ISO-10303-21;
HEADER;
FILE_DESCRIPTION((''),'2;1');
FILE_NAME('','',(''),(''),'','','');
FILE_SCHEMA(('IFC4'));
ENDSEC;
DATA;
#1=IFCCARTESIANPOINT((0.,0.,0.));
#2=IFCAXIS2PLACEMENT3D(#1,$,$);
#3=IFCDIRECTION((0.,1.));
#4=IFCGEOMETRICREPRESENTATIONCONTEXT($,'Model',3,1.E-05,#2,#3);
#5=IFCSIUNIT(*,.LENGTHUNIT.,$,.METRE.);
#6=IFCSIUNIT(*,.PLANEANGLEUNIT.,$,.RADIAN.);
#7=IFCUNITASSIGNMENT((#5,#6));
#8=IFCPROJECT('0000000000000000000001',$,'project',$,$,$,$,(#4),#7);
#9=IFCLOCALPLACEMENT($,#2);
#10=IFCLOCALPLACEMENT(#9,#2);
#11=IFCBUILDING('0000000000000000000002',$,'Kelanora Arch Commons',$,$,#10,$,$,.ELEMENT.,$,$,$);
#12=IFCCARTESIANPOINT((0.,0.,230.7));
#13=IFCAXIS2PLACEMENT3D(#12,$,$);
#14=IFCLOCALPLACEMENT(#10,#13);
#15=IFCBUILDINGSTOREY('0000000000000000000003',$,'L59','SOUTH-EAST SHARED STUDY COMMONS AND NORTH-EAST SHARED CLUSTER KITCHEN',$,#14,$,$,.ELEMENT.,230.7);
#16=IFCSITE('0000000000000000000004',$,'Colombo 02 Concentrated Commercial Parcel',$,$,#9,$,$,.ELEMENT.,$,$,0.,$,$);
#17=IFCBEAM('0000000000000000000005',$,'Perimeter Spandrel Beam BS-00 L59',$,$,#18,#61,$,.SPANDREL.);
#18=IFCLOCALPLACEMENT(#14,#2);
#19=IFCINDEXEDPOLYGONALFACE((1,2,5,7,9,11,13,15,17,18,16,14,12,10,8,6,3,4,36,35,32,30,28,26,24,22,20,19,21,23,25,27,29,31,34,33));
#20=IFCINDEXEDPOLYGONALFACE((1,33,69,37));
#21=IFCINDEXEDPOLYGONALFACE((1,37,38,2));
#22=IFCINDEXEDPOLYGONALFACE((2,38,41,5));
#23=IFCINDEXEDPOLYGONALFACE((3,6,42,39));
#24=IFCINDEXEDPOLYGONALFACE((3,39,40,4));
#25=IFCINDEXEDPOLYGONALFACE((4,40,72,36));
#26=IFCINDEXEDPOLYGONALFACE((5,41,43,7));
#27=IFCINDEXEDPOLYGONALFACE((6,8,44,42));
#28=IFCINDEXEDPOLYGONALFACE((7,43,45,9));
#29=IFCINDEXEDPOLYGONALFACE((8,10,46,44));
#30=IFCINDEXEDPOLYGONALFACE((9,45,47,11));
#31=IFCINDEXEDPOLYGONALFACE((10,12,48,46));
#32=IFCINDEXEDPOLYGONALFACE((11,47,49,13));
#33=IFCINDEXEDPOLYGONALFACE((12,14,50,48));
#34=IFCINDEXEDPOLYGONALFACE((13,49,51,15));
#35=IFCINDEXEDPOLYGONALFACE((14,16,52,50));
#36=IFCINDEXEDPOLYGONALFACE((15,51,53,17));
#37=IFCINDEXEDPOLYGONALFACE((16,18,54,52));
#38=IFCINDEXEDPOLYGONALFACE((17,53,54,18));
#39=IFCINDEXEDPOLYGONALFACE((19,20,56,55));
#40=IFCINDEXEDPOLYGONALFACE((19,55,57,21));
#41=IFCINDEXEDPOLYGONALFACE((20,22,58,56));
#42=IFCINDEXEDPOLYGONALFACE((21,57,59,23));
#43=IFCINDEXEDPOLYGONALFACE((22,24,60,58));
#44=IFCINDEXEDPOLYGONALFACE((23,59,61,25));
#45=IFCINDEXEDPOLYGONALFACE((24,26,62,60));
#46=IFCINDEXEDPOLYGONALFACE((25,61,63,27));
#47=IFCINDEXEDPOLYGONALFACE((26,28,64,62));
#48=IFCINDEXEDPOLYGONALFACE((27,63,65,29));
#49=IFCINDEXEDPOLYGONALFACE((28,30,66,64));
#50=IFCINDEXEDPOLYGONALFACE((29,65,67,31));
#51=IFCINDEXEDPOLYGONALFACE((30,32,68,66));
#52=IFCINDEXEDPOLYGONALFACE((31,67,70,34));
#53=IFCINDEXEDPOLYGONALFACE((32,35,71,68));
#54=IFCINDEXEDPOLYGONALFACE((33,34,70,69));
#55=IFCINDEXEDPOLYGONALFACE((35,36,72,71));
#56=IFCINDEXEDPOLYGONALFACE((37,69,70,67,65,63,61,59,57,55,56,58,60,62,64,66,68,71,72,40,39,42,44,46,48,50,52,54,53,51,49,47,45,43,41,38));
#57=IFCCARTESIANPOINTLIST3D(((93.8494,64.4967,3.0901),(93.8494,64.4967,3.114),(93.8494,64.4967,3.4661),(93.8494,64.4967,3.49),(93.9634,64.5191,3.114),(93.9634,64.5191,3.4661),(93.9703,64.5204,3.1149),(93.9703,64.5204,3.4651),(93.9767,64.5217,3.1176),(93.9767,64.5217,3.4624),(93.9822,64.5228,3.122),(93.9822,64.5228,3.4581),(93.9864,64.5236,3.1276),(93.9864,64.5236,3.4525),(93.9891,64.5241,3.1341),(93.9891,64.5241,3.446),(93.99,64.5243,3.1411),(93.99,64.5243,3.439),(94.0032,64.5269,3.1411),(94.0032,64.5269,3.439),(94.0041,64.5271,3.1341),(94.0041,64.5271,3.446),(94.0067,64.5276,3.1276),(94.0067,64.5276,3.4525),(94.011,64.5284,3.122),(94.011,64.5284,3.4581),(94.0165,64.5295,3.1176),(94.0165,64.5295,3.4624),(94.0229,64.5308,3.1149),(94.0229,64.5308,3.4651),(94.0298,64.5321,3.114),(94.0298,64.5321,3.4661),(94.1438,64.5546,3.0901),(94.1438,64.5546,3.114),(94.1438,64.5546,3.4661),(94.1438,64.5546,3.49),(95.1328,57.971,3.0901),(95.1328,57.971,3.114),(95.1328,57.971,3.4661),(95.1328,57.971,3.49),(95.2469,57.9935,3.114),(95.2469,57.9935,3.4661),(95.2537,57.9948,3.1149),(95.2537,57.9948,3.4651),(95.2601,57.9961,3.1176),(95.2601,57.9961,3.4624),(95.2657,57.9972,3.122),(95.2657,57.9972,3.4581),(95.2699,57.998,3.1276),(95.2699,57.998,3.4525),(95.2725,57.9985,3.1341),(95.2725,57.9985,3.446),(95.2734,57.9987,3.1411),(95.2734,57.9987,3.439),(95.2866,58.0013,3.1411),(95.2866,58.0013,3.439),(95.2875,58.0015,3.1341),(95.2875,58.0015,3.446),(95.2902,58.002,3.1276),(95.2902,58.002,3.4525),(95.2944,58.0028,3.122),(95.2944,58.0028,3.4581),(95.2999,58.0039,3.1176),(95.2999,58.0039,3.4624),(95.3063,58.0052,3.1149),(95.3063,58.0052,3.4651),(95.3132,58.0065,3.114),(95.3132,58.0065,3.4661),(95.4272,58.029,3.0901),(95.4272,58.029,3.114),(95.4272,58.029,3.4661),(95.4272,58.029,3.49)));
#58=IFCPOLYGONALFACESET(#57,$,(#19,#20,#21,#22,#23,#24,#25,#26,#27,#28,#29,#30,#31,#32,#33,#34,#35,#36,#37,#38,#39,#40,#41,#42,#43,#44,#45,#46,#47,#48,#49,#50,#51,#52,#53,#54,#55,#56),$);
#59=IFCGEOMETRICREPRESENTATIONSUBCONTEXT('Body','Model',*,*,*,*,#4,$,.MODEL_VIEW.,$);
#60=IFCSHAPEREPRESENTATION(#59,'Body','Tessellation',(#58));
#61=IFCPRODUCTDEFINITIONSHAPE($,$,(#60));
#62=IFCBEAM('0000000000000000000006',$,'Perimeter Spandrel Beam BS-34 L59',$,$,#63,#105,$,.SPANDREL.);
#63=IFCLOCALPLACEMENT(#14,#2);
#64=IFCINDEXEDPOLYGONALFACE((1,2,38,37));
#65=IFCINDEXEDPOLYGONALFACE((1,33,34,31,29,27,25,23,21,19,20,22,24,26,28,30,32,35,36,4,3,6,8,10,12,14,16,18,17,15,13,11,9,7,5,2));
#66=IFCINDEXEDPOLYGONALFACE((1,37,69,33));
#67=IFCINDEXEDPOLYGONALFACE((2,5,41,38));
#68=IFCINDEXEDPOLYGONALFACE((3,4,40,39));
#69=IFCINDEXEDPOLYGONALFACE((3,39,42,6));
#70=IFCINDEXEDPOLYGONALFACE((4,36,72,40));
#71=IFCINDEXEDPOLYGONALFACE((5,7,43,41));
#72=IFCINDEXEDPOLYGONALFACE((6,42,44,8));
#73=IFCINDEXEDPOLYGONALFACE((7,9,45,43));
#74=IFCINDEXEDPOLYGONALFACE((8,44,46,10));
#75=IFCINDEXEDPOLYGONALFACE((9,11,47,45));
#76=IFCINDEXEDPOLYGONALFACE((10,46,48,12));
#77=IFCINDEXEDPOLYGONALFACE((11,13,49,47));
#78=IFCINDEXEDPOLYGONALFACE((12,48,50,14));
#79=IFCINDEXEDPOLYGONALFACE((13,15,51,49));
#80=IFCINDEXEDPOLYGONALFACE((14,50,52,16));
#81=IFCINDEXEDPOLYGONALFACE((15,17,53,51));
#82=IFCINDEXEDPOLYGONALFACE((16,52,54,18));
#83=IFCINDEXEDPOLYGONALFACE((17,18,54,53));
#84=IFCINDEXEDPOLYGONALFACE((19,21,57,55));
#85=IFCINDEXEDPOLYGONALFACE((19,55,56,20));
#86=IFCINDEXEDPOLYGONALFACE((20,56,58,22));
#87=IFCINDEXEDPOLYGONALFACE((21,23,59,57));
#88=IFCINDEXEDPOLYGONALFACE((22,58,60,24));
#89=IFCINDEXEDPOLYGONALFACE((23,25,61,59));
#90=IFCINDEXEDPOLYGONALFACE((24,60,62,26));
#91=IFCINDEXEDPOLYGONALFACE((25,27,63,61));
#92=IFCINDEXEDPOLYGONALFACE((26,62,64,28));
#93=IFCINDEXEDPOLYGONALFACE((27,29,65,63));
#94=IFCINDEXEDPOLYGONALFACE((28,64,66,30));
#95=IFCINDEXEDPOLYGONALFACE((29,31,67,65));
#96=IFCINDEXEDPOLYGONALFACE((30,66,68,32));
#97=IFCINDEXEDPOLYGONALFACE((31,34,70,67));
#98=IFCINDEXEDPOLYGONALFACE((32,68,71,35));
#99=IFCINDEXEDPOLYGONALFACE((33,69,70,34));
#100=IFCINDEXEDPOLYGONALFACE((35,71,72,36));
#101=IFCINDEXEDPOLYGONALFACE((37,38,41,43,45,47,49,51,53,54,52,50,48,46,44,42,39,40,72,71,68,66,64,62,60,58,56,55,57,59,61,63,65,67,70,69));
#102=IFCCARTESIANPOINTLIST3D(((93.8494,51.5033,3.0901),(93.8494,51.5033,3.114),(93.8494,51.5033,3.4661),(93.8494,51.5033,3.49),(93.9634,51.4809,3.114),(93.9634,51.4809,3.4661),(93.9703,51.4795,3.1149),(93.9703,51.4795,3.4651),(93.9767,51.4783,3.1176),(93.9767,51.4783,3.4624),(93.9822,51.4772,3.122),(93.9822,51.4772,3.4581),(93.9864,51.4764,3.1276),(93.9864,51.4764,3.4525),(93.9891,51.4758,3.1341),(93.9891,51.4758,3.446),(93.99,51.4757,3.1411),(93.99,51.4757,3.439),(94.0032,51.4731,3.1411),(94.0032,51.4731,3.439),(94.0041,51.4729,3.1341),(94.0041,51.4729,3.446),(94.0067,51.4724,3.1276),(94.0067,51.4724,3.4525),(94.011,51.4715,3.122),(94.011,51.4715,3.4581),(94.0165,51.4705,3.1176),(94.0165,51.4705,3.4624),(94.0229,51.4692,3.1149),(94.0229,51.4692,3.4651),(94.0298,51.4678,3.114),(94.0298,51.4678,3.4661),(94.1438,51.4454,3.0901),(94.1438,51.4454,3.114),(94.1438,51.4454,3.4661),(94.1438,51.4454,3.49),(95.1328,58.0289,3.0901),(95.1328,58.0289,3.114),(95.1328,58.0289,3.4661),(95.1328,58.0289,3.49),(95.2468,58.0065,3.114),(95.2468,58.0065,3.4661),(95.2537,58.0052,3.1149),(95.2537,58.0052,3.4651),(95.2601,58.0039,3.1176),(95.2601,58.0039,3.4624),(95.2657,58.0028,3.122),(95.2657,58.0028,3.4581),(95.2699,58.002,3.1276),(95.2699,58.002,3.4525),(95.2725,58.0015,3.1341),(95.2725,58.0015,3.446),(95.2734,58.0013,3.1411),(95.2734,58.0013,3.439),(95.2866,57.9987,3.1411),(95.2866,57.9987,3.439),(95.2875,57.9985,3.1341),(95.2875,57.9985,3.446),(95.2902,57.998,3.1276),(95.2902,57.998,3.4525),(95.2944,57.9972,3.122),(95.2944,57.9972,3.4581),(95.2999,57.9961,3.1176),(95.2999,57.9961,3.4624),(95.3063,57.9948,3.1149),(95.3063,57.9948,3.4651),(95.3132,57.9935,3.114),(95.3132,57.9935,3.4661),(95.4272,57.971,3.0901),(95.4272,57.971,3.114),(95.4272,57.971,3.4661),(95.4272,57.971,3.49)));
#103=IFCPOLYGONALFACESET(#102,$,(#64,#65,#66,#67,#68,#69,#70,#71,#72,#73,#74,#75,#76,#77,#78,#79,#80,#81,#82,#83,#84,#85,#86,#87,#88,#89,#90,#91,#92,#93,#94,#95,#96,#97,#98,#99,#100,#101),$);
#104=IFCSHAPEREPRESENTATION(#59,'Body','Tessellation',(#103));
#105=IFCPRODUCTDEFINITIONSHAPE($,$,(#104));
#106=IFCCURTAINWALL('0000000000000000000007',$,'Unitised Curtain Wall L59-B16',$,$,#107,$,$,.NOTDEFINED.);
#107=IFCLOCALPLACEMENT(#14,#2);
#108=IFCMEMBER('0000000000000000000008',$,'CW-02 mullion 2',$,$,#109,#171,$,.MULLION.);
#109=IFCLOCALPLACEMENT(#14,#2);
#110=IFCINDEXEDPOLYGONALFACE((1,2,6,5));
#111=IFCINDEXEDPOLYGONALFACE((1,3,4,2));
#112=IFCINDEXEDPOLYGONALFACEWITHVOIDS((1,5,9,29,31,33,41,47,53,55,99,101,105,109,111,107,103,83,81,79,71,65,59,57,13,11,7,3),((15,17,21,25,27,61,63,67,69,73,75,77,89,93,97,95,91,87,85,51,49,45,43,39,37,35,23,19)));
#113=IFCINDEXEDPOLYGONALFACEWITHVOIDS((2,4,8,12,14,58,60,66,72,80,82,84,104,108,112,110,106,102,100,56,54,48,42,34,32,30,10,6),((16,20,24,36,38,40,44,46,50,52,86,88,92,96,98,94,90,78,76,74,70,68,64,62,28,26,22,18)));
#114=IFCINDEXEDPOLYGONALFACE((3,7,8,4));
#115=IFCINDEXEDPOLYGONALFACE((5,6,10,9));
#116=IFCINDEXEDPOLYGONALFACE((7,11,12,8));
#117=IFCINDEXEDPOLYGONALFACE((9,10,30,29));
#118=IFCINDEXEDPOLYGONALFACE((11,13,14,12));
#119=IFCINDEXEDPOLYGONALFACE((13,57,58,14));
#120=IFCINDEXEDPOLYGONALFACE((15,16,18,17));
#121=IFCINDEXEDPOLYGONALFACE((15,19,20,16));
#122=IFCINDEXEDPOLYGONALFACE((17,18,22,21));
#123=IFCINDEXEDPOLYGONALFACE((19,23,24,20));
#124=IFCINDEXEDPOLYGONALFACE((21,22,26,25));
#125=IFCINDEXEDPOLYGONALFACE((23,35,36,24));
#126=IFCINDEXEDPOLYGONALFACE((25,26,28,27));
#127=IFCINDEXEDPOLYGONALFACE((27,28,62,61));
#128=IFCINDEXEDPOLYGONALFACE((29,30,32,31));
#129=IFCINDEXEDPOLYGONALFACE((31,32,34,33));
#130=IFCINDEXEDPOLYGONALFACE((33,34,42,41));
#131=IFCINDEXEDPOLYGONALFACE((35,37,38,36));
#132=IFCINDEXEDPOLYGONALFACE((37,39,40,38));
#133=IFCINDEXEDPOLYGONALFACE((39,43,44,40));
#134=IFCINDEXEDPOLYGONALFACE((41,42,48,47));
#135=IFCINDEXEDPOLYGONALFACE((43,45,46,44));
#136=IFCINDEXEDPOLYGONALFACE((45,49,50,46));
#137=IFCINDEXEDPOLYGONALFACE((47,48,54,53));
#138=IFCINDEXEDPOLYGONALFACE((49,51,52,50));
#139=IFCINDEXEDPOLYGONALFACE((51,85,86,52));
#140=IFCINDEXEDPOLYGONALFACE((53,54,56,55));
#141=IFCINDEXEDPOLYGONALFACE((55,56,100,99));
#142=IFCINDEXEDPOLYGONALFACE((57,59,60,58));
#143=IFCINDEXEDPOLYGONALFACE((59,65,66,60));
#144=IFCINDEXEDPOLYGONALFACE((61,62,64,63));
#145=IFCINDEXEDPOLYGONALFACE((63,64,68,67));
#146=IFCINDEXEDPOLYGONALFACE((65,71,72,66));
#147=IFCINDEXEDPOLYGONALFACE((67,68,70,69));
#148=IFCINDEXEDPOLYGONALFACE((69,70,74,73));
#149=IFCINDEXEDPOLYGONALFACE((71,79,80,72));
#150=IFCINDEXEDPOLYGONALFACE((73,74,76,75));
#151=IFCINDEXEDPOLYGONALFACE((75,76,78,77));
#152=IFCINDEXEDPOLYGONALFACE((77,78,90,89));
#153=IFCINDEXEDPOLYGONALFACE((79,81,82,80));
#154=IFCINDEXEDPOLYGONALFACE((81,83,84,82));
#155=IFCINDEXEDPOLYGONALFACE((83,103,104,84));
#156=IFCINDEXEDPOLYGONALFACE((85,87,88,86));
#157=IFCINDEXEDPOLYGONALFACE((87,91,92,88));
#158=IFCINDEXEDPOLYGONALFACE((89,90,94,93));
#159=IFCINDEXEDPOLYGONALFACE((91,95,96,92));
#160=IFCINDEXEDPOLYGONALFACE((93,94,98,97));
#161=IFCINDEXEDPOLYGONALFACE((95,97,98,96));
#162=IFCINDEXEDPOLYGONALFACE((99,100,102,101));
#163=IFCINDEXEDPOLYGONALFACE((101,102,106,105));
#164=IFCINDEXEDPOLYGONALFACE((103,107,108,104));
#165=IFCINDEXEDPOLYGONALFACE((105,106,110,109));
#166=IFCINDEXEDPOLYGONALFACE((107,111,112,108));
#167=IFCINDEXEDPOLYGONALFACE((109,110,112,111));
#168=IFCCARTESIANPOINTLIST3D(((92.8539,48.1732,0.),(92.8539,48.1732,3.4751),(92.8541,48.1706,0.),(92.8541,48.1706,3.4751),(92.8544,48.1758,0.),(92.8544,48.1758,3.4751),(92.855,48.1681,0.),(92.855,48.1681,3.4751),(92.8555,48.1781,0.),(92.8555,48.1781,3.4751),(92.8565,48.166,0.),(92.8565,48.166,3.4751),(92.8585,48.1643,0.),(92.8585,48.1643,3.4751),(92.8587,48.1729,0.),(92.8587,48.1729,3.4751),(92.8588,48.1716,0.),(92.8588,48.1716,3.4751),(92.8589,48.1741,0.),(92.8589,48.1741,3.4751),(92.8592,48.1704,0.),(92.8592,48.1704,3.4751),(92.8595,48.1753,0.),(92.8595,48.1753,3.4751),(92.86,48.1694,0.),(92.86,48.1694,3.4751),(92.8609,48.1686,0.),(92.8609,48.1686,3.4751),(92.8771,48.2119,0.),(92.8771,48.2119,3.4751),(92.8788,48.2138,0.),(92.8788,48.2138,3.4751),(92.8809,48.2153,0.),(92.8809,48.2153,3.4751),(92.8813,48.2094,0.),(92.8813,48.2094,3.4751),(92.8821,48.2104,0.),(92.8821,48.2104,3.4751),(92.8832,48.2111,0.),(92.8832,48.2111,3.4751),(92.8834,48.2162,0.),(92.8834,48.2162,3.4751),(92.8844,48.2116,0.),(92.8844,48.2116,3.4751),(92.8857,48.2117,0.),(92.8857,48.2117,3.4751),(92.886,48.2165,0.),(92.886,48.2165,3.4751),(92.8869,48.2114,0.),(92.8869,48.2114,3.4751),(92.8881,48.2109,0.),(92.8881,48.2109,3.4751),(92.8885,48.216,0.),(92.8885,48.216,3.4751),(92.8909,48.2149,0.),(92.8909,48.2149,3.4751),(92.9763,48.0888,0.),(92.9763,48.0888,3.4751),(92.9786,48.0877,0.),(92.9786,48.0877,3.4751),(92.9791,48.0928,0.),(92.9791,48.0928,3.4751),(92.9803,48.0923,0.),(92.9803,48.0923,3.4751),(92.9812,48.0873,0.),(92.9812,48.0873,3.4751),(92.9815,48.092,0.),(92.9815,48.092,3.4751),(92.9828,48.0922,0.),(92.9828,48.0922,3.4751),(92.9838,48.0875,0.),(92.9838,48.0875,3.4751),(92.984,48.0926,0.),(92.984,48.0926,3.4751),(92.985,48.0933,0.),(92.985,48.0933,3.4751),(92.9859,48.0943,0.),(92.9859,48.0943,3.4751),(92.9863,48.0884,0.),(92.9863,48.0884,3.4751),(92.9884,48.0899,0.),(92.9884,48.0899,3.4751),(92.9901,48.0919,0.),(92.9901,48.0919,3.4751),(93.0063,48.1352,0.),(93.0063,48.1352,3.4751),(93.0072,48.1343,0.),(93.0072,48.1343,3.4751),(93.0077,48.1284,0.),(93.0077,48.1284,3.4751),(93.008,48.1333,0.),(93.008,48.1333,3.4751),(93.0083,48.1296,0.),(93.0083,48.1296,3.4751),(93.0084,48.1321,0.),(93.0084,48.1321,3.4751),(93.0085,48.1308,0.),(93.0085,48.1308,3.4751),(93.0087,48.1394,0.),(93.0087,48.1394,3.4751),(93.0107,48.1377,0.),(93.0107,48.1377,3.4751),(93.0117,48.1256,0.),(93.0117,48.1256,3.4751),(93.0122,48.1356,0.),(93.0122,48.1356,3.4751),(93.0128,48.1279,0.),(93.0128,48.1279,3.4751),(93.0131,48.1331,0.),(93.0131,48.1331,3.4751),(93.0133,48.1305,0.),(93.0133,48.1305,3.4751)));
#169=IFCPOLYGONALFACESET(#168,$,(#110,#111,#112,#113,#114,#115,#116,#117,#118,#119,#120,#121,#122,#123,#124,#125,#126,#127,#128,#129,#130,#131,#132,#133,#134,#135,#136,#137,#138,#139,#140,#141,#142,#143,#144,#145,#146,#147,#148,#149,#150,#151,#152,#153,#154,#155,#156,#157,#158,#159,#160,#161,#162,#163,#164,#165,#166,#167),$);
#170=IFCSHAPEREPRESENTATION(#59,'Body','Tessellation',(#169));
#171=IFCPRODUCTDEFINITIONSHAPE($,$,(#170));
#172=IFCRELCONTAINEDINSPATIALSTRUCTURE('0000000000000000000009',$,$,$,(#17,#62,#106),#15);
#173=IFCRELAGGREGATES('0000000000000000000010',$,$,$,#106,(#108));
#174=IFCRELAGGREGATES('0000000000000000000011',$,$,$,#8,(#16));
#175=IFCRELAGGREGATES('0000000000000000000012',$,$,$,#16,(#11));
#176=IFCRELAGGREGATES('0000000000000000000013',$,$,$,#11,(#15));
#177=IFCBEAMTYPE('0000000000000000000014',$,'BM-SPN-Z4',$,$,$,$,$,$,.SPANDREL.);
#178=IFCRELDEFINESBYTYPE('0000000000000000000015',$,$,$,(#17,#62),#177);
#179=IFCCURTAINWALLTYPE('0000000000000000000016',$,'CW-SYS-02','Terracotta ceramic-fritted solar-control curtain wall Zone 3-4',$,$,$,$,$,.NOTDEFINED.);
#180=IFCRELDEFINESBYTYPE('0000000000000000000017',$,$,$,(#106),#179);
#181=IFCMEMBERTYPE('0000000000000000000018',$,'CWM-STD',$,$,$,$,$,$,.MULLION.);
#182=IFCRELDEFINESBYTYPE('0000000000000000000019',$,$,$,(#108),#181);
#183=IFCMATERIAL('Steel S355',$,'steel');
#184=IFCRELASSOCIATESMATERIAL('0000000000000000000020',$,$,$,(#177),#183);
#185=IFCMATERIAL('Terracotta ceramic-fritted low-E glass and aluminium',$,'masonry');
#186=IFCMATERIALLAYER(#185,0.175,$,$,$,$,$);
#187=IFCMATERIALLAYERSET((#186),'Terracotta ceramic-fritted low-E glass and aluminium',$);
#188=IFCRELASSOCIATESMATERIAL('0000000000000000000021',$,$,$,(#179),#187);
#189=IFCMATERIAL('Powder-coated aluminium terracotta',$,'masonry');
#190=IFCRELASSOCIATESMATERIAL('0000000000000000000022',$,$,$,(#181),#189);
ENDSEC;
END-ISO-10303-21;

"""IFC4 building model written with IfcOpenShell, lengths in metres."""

from ifc_helpers import new_model, si_unit, direction, frame, origin, origin_2d, place, context, subcontext, project, spatial, hollow_rectangle, i_section, extrude, material, layer, layer_set, material_profile, profile_set, type_object, element, aggregate, save


model = new_model("IFC4")

# Units and contexts
model_context = context("Model", 3, precision=1e-05, world=origin(), true_north=direction((0.0, 1.0)))
body_context = subcontext(model_context, "Body", "Model", "MODEL_VIEW")
ifc_project = project(units=[si_unit("LENGTHUNIT", "METRE"), si_unit("PLANEANGLEUNIT", "RADIAN")], contexts=[model_context])

# Site, building, storey
site_placement = place(None, origin())
site = spatial("IfcSite", under=ifc_project, at=site_placement, Name="Colombo 02 Concentrated Commercial Parcel", CompositionType="ELEMENT", RefElevation=0.0)
building_placement = place(site_placement, origin())
building = spatial("IfcBuilding", under=site, at=building_placement, Name="Kelanora Arch Commons", CompositionType="ELEMENT")
storey_placement = place(building_placement, frame((0.0, 0.0, 230.7)))
storey = spatial("IfcBuildingStorey", under=building, at=storey_placement, Name="L59", Description="SOUTH-EAST SHARED STUDY COMMONS AND NORTH-EAST SHARED CLUSTER KITCHEN", CompositionType="ELEMENT", Elevation=230.7)

# Beams
ifc_material_1 = material(Name="Steel S355", Category="steel")
ifc_material_profile_1 = material_profile(ifc_material_1, i_section(OverallWidth=0.3, OverallDepth=0.3999, WebThickness=0.0134, FlangeThickness=0.0239, FilletRadius=0.0271, at=origin_2d()), Name="HEB400")
ifc_profile_set_1 = profile_set([ifc_material_profile_1], Name="Steel S355")
beam_type_1 = type_object("IfcBeamType", Name="BM-SPN-Z4", PredefinedType="SPANDREL", material=ifc_profile_set_1)
for number, where, z_axis, x_axis, name in (
    (1, (95.28, 58.0, 3.29), (-0.192981, 0.981203, 0.0), (-0.981203, -0.192981, 0.0), "Perimeter Spandrel Beam BS-00 L59"),
    (2, (93.9966, 51.4744, 3.29), (0.192981, 0.981203, 0.0), (-0.981203, 0.192981, 0.0), "Perimeter Spandrel Beam BS-34 L59"),
):
    element("IfcBeam", number, at=place(storey_placement, frame(where, z_axis=z_axis, x_axis=x_axis)), inside=storey, type_object=beam_type_1, Name=name, PredefinedType="SPANDREL", context=body_context, shape_type="SweptSolid", body=[
        extrude(i_section(OverallWidth=0.3, OverallDepth=0.3999, WebThickness=0.0134, FlangeThickness=0.0239, FilletRadius=0.0271, at=origin_2d()), origin(), (0.0, 0.0, 1.0), 6.6506),
    ])

# Curtain wall, member
ifc_material_2 = material(Name="Terracotta ceramic-fritted low-E glass and aluminium", Category="masonry")
ifc_layer_1 = layer(ifc_material_2, 0.175)
ifc_layer_set_1 = layer_set([ifc_layer_1], Name="Terracotta ceramic-fritted low-E glass and aluminium")
curtain_wall_type = type_object("IfcCurtainWallType", Name="CW-SYS-02", Description="Terracotta ceramic-fritted solar-control curtain wall Zone 3-4", PredefinedType="NOTDEFINED", material=ifc_layer_set_1)
curtain_wall_placement = place(storey_placement, origin())
curtain_wall = element("IfcCurtainWall", 3, at=curtain_wall_placement, inside=storey, type_object=curtain_wall_type, Name="Unitised Curtain Wall L59-B16", PredefinedType="NOTDEFINED")
ifc_material_3 = material(Name="Powder-coated aluminium terracotta", Category="masonry")
ifc_material_profile_2 = material_profile(ifc_material_3, hollow_rectangle(XDim=0.1599, YDim=0.0601, WallThickness=0.0049, InnerFilletRadius=0.0049, OuterFilletRadius=0.01, at=origin_2d()), Name="CWM160x60")
ifc_profile_set_2 = profile_set([ifc_material_profile_2], Name="Powder-coated aluminium terracotta")
member_type_1 = type_object("IfcMemberType", Name="CWM-STD", PredefinedType="MULLION", material=ifc_profile_set_2)
member_1_placement = place(storey_placement, frame((92.9336, 48.1519, 0.0), z_axis=(0.0, 0.0, 1.0), x_axis=(-0.841948, 0.539559, 0.0)))
member_1 = element("IfcMember", 4, at=member_1_placement, type_object=member_type_1, Name="CW-02 mullion 2", PredefinedType="MULLION", context=body_context, shape_type="SweptSolid", body=[
    extrude(hollow_rectangle(XDim=0.1599, YDim=0.0601, WallThickness=0.0049, InnerFilletRadius=0.0049, OuterFilletRadius=0.01, at=origin_2d()), origin(), (0.0, 0.0, 1.0), 3.4751),
])
aggregate(curtain_wall, [member_1])

save(model, "model.ifc")
